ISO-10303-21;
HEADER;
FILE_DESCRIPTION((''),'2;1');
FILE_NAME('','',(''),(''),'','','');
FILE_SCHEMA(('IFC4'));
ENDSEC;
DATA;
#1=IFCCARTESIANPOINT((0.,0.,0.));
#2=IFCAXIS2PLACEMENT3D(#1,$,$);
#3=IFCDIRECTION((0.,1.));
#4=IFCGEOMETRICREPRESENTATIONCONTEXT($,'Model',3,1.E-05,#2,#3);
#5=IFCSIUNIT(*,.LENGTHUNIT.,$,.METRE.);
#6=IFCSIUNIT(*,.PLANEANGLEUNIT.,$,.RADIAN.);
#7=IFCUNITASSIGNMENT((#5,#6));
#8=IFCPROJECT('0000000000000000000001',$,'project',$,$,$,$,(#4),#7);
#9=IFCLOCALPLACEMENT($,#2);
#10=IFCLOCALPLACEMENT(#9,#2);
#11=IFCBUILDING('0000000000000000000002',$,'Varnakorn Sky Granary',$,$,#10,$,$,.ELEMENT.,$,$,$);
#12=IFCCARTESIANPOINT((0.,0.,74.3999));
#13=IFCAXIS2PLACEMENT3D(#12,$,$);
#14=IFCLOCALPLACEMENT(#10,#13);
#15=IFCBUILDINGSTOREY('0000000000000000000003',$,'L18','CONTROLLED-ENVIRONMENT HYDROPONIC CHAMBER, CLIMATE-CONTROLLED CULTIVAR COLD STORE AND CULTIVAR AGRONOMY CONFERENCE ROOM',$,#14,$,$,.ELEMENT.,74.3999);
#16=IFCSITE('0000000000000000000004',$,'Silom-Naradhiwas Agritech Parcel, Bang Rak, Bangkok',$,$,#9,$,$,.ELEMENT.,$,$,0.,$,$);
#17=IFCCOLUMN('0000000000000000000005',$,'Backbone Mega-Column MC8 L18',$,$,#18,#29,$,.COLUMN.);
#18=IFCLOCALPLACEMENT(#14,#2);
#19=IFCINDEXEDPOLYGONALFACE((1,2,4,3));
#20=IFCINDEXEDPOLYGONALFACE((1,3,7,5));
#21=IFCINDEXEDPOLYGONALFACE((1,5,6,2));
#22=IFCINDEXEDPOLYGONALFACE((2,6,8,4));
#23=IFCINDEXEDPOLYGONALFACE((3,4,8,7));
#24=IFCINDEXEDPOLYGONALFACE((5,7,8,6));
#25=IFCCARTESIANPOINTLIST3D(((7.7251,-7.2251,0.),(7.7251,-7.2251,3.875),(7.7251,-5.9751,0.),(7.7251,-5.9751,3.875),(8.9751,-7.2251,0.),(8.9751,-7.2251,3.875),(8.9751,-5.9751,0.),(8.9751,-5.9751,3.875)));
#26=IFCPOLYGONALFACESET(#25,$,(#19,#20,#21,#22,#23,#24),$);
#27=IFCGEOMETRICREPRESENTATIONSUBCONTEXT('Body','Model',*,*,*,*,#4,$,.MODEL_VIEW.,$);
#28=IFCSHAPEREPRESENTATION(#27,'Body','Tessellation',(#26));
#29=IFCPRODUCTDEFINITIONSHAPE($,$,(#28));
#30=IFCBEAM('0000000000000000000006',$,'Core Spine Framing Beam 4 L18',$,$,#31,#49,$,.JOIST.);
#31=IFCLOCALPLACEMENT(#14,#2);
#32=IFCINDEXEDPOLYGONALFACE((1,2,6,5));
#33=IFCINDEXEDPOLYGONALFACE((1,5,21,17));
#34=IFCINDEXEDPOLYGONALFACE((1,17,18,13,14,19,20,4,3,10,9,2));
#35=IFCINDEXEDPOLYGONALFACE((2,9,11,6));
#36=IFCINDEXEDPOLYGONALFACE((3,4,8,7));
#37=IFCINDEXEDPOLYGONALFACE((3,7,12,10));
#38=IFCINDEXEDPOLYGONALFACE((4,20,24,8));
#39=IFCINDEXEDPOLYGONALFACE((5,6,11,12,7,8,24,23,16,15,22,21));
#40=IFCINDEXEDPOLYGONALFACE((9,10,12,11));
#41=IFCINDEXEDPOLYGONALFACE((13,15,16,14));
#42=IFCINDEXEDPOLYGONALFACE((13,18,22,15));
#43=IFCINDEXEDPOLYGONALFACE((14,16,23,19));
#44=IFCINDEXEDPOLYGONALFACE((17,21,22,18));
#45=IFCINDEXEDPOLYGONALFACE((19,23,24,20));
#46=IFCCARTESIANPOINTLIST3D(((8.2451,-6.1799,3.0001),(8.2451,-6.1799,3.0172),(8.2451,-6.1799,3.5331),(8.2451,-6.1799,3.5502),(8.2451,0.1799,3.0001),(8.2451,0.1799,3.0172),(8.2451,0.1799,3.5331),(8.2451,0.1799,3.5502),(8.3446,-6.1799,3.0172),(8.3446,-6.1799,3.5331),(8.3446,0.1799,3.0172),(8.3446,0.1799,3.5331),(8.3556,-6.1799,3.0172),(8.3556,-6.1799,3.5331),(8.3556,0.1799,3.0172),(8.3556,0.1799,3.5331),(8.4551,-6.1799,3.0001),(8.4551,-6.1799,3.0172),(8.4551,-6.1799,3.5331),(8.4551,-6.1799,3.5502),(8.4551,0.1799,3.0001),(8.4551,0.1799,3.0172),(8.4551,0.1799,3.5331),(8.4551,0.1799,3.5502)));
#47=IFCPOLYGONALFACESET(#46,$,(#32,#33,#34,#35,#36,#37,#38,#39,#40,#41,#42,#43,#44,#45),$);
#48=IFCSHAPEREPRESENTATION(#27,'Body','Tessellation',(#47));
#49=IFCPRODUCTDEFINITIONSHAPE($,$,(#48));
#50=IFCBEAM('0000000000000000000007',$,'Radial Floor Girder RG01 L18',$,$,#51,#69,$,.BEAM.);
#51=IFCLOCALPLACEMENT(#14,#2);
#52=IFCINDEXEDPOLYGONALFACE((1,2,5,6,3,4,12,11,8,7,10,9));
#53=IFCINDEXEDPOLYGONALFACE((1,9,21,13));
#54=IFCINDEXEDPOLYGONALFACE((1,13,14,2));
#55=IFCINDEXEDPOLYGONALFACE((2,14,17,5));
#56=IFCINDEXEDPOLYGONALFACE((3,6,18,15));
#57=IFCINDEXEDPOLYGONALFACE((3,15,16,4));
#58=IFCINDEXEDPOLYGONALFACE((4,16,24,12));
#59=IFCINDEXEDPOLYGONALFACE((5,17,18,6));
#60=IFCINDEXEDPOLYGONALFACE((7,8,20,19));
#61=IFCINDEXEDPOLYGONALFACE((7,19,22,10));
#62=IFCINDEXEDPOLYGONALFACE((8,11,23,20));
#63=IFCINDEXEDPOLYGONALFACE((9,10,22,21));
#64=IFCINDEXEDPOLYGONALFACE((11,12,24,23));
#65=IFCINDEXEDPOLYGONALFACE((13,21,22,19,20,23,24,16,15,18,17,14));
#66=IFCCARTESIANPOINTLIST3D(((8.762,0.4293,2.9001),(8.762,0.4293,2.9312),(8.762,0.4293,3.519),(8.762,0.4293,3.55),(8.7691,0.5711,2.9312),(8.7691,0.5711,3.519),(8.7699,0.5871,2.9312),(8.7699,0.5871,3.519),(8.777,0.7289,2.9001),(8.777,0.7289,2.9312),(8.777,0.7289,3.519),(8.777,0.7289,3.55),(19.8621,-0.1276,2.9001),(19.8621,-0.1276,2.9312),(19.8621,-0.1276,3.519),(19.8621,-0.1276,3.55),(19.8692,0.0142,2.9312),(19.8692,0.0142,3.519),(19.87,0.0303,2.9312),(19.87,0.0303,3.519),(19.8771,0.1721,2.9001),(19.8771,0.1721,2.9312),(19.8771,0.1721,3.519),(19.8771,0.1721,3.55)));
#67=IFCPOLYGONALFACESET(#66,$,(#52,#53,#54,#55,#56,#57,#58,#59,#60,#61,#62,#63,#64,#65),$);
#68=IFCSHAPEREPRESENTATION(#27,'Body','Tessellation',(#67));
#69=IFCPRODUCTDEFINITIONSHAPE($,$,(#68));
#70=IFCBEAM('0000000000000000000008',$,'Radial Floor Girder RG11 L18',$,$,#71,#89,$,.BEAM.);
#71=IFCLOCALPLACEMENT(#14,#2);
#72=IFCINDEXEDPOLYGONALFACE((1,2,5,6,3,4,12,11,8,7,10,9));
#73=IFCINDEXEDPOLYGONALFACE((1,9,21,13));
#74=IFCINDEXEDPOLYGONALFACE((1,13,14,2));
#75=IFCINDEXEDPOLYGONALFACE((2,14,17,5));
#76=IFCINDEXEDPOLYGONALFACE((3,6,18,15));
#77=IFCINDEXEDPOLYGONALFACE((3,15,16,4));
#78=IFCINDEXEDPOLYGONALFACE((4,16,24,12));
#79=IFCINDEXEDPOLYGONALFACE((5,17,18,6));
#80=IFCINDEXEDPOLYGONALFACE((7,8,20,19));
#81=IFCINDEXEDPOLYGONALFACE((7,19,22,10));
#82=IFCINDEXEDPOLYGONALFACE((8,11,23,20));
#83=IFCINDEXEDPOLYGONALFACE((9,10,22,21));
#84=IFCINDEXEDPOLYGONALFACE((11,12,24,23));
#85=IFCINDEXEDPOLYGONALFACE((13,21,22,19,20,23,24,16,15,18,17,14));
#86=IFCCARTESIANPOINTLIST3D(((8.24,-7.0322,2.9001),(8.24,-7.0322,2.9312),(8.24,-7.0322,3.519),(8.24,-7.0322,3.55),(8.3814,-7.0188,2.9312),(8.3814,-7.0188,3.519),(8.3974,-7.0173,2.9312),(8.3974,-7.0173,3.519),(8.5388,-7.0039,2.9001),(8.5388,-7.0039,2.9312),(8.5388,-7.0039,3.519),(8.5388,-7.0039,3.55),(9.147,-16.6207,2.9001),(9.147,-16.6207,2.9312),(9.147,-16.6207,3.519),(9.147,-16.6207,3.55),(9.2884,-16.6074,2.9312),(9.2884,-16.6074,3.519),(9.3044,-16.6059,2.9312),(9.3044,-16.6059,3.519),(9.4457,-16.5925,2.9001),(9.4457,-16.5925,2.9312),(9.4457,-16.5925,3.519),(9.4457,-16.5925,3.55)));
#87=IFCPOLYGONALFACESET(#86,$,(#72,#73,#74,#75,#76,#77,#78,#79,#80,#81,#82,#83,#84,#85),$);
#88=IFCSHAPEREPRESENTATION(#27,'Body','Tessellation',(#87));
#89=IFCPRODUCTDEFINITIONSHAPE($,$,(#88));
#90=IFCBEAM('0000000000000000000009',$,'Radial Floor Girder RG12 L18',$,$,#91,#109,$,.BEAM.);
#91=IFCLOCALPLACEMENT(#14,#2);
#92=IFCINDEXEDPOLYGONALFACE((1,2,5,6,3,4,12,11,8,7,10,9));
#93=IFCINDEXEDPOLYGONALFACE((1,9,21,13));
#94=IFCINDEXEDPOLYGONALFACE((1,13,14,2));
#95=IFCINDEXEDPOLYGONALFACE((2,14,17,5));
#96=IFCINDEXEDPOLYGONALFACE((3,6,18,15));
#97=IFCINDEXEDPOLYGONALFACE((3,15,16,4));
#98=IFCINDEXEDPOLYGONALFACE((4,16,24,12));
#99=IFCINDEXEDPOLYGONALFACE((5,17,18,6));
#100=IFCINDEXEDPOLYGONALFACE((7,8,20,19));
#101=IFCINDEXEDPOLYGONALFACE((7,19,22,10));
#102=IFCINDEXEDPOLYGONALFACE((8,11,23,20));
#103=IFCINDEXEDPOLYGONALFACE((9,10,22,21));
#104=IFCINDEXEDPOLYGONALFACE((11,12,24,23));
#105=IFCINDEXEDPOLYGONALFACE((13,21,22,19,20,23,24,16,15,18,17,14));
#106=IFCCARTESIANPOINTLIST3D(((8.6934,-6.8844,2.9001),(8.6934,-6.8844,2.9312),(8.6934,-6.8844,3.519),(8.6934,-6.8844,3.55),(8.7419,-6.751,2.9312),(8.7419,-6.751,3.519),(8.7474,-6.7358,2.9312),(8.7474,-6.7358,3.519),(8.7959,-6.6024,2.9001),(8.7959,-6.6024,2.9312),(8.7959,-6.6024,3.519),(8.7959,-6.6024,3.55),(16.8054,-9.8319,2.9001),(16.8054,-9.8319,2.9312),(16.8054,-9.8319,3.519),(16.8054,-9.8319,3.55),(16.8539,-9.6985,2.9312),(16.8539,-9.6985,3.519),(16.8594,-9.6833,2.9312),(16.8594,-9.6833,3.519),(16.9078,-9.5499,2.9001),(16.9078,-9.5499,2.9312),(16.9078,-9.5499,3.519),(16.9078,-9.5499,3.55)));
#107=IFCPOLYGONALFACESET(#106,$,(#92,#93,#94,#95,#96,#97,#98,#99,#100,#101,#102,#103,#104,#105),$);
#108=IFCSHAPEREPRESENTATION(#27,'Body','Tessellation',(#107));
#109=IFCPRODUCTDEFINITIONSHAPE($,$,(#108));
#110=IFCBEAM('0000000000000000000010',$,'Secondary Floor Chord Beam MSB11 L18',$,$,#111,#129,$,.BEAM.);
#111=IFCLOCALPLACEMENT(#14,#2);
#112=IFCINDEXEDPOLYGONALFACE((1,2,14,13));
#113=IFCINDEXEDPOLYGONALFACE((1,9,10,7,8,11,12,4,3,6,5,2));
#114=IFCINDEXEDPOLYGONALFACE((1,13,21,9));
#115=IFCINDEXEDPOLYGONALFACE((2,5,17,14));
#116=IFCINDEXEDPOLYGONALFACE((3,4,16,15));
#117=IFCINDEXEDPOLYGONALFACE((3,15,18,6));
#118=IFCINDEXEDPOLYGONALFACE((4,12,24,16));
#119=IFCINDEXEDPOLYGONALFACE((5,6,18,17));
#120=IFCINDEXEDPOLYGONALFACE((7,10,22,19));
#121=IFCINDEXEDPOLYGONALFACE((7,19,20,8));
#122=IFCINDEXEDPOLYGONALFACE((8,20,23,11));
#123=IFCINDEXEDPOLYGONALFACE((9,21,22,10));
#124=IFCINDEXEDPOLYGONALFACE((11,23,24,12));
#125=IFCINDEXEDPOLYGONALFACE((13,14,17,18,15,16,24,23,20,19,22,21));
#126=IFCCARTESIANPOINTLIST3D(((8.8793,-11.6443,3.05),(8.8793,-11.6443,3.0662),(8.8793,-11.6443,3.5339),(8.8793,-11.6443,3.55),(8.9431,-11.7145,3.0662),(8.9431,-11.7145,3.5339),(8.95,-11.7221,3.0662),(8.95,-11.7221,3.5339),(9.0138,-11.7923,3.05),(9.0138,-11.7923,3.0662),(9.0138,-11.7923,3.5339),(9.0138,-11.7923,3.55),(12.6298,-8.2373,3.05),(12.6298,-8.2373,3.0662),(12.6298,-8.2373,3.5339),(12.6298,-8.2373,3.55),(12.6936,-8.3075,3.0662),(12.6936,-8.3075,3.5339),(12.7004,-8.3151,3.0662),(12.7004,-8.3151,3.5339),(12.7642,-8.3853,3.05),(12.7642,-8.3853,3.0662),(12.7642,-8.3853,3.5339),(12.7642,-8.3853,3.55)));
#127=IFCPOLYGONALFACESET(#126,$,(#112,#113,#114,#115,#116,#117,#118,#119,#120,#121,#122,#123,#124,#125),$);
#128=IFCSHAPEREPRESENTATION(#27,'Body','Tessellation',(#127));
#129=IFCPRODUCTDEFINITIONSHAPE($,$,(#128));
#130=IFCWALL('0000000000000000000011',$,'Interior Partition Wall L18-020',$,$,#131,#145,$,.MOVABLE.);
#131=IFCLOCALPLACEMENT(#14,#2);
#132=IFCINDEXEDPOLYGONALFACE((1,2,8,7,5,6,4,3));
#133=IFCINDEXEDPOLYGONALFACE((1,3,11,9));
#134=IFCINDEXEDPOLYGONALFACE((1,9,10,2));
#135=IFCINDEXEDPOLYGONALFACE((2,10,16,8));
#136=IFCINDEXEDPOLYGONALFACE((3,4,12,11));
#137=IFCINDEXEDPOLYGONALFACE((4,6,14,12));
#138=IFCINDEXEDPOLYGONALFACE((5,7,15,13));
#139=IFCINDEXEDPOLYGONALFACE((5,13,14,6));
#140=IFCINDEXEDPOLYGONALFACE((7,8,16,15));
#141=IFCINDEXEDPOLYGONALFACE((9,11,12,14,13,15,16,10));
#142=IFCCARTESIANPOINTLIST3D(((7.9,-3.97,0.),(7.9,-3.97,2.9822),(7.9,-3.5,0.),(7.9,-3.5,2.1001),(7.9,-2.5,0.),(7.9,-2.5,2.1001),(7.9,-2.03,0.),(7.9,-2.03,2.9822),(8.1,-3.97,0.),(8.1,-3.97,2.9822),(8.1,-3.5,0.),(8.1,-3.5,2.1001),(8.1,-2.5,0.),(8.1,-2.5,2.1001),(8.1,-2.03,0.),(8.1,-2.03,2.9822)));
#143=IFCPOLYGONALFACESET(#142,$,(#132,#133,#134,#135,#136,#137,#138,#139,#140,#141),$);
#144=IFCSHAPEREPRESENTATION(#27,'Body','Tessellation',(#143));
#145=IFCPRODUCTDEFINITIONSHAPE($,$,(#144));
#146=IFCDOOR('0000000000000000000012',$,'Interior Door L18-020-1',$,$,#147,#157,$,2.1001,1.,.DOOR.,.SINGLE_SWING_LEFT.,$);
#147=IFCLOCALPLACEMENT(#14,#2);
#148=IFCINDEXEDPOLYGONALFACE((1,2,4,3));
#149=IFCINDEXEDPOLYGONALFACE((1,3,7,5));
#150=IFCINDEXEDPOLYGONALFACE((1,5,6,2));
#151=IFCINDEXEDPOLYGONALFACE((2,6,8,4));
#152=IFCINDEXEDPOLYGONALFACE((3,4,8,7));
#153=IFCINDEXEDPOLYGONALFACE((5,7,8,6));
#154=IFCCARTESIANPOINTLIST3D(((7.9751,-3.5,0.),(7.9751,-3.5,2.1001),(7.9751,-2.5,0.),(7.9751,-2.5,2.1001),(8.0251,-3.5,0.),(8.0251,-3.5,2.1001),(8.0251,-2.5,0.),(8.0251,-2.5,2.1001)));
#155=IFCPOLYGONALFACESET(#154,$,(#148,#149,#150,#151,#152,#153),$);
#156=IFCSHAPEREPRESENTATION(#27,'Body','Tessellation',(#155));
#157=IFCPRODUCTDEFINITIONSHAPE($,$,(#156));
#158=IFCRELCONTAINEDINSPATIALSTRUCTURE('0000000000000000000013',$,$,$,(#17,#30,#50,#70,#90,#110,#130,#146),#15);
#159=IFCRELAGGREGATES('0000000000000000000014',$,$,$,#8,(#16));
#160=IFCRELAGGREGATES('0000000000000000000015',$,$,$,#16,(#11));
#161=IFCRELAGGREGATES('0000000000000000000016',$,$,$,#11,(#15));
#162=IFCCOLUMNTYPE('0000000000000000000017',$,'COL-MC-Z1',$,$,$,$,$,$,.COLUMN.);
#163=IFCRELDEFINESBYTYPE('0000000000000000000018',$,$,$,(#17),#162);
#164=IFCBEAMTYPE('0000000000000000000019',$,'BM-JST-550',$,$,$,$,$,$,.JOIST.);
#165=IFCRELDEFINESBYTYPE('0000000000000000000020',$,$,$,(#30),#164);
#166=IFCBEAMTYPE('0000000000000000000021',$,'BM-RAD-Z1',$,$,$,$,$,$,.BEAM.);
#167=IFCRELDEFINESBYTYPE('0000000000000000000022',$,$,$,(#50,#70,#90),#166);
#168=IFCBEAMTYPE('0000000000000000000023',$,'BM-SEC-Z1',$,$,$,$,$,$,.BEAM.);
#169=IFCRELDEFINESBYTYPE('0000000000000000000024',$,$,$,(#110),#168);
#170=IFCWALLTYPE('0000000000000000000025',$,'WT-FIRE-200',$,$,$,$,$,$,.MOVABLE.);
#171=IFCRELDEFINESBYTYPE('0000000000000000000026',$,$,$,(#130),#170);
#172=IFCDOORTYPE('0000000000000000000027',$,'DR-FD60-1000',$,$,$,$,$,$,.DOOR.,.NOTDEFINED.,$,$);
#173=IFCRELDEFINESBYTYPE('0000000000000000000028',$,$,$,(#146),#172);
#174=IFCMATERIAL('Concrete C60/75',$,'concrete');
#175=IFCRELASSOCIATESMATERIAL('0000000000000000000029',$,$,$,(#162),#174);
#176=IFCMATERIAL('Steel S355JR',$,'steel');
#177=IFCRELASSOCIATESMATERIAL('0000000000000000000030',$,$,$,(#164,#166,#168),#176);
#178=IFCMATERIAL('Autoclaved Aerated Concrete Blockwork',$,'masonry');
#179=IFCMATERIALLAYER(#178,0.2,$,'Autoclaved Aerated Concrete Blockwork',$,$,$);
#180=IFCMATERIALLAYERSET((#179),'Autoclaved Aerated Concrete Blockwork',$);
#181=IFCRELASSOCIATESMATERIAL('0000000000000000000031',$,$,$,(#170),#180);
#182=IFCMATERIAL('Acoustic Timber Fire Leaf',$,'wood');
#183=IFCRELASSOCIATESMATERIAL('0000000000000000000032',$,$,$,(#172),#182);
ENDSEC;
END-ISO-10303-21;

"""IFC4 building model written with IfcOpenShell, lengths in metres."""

from ifc_helpers import new_model, si_unit, direction, frame, frame_2d, origin, origin_2d, place, context, subcontext, project, spatial, rectangle, i_section, extrude, material, layer, layer_set, material_profile, profile_set, type_object, element, fill, save


model = new_model("IFC4")

# Units and contexts
model_context = context("Model", 3, precision=1e-05, world=origin(), true_north=direction((0.0, 1.0)))
body_context = subcontext(model_context, "Body", "Model", "MODEL_VIEW")
ifc_project = project(units=[si_unit("LENGTHUNIT", "METRE"), si_unit("PLANEANGLEUNIT", "RADIAN")], contexts=[model_context])

# Site, building, storey
site_placement = place(None, origin())
site = spatial("IfcSite", under=ifc_project, at=site_placement, Name="Silom-Naradhiwas Agritech Parcel, Bang Rak, Bangkok", CompositionType="ELEMENT", RefElevation=0.0)
building_placement = place(site_placement, origin())
building = spatial("IfcBuilding", under=site, at=building_placement, Name="Varnakorn Sky Granary", CompositionType="ELEMENT")
storey_placement = place(building_placement, frame((0.0, 0.0, 74.3999)))
storey = spatial("IfcBuildingStorey", under=building, at=storey_placement, Name="L18", Description="CONTROLLED-ENVIRONMENT HYDROPONIC CHAMBER, CLIMATE-CONTROLLED CULTIVAR COLD STORE AND CULTIVAR AGRONOMY CONFERENCE ROOM", CompositionType="ELEMENT", Elevation=74.3999)

# Column
ifc_material_1 = material(Name="Concrete C60/75", Category="concrete")
ifc_material_profile_1 = material_profile(ifc_material_1, rectangle(XDim=1.25, YDim=1.25, at=origin_2d()), Name="RC 1250x1250")
ifc_profile_set_1 = profile_set([ifc_material_profile_1], Name="Concrete C60/75")
column_type = type_object("IfcColumnType", Name="COL-MC-Z1", PredefinedType="COLUMN", material=ifc_profile_set_1)
column_placement = place(storey_placement, frame((8.3501, -6.6001, 0.0), z_axis=(0.0, 0.0, 1.0), x_axis=(1.0, 0.0, 0.0)))
element("IfcColumn", 1, at=column_placement, inside=storey, type_object=column_type, Name="Backbone Mega-Column MC8 L18", PredefinedType="COLUMN", context=body_context, shape_type="SweptSolid", body=[
    extrude(rectangle(XDim=1.25, YDim=1.25, at=origin_2d()), origin(), (0.0, 0.0, 1.0), 3.875),
])

# Beams
ifc_material_2 = material(Name="Steel S355JR", Category="steel")
ifc_material_profile_2 = material_profile(ifc_material_2, i_section(OverallWidth=0.21, OverallDepth=0.55, WebThickness=0.011, FlangeThickness=0.0171, at=origin_2d()), Name="IPE 550")
ifc_profile_set_2 = profile_set([ifc_material_profile_2], Name="Steel S355JR")
beam_type_1 = type_object("IfcBeamType", Name="BM-JST-550", PredefinedType="JOIST", material=ifc_profile_set_2)
beam_1_placement = place(storey_placement, frame((8.3501, 0.1799, 3.2751), z_axis=(0.0, -1.0, 0.0), x_axis=(1.0, 0.0, 0.0)))
element("IfcBeam", 2, at=beam_1_placement, inside=storey, type_object=beam_type_1, Name="Core Spine Framing Beam 4 L18", PredefinedType="JOIST", context=body_context, shape_type="SweptSolid", body=[
    extrude(i_section(OverallWidth=0.21, OverallDepth=0.55, WebThickness=0.011, FlangeThickness=0.0171, at=origin_2d()), origin(), (0.0, 0.0, 1.0), 6.3599),
])
ifc_material_profile_3 = material_profile(ifc_material_2, i_section(OverallWidth=0.3, OverallDepth=0.6499, WebThickness=0.0161, FlangeThickness=0.031, at=origin_2d()), Name="HE 650 B")
ifc_profile_set_3 = profile_set([ifc_material_profile_3], Name="Steel S355JR")
beam_type_2 = type_object("IfcBeamType", Name="BM-RAD-Z1", PredefinedType="BEAM", material=ifc_profile_set_3)
beam_2_placement = place(storey_placement, frame((8.7695, 0.5791, 3.2251), z_axis=(0.998744, -0.050106, 0.0), x_axis=(0.050106, 0.998744, 0.0)))
element("IfcBeam", 3, at=beam_2_placement, inside=storey, type_object=beam_type_2, Name="Radial Floor Girder RG01 L18", PredefinedType="BEAM", context=body_context, shape_type="SweptSolid", body=[
    extrude(i_section(OverallWidth=0.3, OverallDepth=0.6499, WebThickness=0.0161, FlangeThickness=0.031, at=origin_2d()), origin(), (0.0, 0.0, 1.0), 11.114),
])
beam_3_placement = place(storey_placement, frame((8.3894, -7.0181, 3.2251), z_axis=(0.094169, -0.995556, 0.0), x_axis=(0.995556, 0.094169, 0.0)))
element("IfcBeam", 4, at=beam_3_placement, inside=storey, type_object=beam_type_2, Name="Radial Floor Girder RG11 L18", PredefinedType="BEAM", context=body_context, shape_type="SweptSolid", body=[
    extrude(i_section(OverallWidth=0.3, OverallDepth=0.6499, WebThickness=0.0161, FlangeThickness=0.031, at=origin_2d()), origin(), (0.0, 0.0, 1.0), 9.6313),
])
beam_4_placement = place(storey_placement, frame((8.7446, -6.7434, 3.2251), z_axis=(0.93988, -0.341505, 0.0), x_axis=(0.341505, 0.93988, 0.0)))
element("IfcBeam", 5, at=beam_4_placement, inside=storey, type_object=beam_type_2, Name="Radial Floor Girder RG12 L18", PredefinedType="BEAM", context=body_context, shape_type="SweptSolid", body=[
    extrude(i_section(OverallWidth=0.3, OverallDepth=0.6499, WebThickness=0.0161, FlangeThickness=0.031, at=origin_2d()), origin(), (0.0, 0.0, 1.0), 8.6309),
])
ifc_material_profile_4 = material_profile(ifc_material_2, i_section(OverallWidth=0.2, OverallDepth=0.5, WebThickness=0.0103, FlangeThickness=0.0161, at=origin_2d()), Name="IPE 500")
ifc_profile_set_4 = profile_set([ifc_material_profile_4], Name="Steel S355JR")
beam_type_3 = type_object("IfcBeamType", Name="BM-SEC-Z1", PredefinedType="BEAM", material=ifc_profile_set_4)
beam_5_placement = place(storey_placement, frame((8.9465, -11.7183, 3.3), z_axis=(0.740191, 0.672397, 0.0), x_axis=(-0.672397, 0.740191, 0.0)))
element("IfcBeam", 6, at=beam_5_placement, inside=storey, type_object=beam_type_3, Name="Secondary Floor Chord Beam MSB11 L18", PredefinedType="BEAM", context=body_context, shape_type="SweptSolid", body=[
    extrude(i_section(OverallWidth=0.2, OverallDepth=0.5, WebThickness=0.0103, FlangeThickness=0.0161, at=origin_2d()), origin(), (0.0, 0.0, 1.0), 5.0669),
])

# Wall, opening, door
ifc_material_3 = material(Name="Autoclaved Aerated Concrete Blockwork", Category="masonry")
ifc_layer_1 = layer(ifc_material_3, 0.2, Name="Autoclaved Aerated Concrete Blockwork")
ifc_layer_set_1 = layer_set([ifc_layer_1], Name="Autoclaved Aerated Concrete Blockwork")
wall_type_1 = type_object("IfcWallType", Name="WT-FIRE-200", PredefinedType="MOVABLE", material=ifc_layer_set_1)
wall_1_placement = place(storey_placement, frame((8.0, -3.97, 0.0), z_axis=(0.0, 0.0, 1.0), x_axis=(0.0, 1.0, 0.0)))
wall_1 = element("IfcWall", 7, at=wall_1_placement, inside=storey, type_object=wall_type_1, Name="Interior Partition Wall L18-020", PredefinedType="MOVABLE", context=body_context, shape_type="SweptSolid", body=[
    extrude(rectangle(XDim=1.9399, YDim=0.2, at=frame_2d((0.97, 0.0))), origin(), (0.0, 0.0, 1.0), 2.9822),
])
opening_1_placement = place(wall_1_placement, frame((0.47, 0.0, 0.0)))
opening_1 = element("IfcOpeningElement", 8, at=opening_1_placement, cuts=wall_1, PredefinedType="OPENING", context=body_context, shape_type="SweptSolid", body=[
    extrude(rectangle(XDim=1.0, YDim=2.1001, at=frame_2d((0.5, 1.05))), frame((0.0, 0.1099, 0.0), z_axis=(0.0, -1.0, 0.0), x_axis=(1.0, 0.0, 0.0)), (0.0, 0.0, 1.0), 0.22),
])
ifc_material_4 = material(Name="Acoustic Timber Fire Leaf", Category="wood")
door_type_1 = type_object("IfcDoorType", Name="DR-FD60-1000", OperationType="NOTDEFINED", PredefinedType="DOOR", material=ifc_material_4)
door_1_placement = place(opening_1_placement, origin())
door_1 = element("IfcDoor", 9, at=door_1_placement, inside=storey, type_object=door_type_1, Name="Interior Door L18-020-1", OperationType="SINGLE_SWING_LEFT", OverallHeight=2.1001, OverallWidth=1.0, PredefinedType="DOOR", context=body_context, shape_type="SweptSolid", body=[
    extrude(rectangle(XDim=1.0, YDim=2.1001, at=frame_2d((0.5, 1.05))), frame((0.0, 0.0249, 0.0), z_axis=(0.0, -1.0, 0.0), x_axis=(1.0, 0.0, 0.0)), (0.0, 0.0, 1.0), 0.05),
])
fill(opening_1, door_1)

save(model, "model.ifc")
